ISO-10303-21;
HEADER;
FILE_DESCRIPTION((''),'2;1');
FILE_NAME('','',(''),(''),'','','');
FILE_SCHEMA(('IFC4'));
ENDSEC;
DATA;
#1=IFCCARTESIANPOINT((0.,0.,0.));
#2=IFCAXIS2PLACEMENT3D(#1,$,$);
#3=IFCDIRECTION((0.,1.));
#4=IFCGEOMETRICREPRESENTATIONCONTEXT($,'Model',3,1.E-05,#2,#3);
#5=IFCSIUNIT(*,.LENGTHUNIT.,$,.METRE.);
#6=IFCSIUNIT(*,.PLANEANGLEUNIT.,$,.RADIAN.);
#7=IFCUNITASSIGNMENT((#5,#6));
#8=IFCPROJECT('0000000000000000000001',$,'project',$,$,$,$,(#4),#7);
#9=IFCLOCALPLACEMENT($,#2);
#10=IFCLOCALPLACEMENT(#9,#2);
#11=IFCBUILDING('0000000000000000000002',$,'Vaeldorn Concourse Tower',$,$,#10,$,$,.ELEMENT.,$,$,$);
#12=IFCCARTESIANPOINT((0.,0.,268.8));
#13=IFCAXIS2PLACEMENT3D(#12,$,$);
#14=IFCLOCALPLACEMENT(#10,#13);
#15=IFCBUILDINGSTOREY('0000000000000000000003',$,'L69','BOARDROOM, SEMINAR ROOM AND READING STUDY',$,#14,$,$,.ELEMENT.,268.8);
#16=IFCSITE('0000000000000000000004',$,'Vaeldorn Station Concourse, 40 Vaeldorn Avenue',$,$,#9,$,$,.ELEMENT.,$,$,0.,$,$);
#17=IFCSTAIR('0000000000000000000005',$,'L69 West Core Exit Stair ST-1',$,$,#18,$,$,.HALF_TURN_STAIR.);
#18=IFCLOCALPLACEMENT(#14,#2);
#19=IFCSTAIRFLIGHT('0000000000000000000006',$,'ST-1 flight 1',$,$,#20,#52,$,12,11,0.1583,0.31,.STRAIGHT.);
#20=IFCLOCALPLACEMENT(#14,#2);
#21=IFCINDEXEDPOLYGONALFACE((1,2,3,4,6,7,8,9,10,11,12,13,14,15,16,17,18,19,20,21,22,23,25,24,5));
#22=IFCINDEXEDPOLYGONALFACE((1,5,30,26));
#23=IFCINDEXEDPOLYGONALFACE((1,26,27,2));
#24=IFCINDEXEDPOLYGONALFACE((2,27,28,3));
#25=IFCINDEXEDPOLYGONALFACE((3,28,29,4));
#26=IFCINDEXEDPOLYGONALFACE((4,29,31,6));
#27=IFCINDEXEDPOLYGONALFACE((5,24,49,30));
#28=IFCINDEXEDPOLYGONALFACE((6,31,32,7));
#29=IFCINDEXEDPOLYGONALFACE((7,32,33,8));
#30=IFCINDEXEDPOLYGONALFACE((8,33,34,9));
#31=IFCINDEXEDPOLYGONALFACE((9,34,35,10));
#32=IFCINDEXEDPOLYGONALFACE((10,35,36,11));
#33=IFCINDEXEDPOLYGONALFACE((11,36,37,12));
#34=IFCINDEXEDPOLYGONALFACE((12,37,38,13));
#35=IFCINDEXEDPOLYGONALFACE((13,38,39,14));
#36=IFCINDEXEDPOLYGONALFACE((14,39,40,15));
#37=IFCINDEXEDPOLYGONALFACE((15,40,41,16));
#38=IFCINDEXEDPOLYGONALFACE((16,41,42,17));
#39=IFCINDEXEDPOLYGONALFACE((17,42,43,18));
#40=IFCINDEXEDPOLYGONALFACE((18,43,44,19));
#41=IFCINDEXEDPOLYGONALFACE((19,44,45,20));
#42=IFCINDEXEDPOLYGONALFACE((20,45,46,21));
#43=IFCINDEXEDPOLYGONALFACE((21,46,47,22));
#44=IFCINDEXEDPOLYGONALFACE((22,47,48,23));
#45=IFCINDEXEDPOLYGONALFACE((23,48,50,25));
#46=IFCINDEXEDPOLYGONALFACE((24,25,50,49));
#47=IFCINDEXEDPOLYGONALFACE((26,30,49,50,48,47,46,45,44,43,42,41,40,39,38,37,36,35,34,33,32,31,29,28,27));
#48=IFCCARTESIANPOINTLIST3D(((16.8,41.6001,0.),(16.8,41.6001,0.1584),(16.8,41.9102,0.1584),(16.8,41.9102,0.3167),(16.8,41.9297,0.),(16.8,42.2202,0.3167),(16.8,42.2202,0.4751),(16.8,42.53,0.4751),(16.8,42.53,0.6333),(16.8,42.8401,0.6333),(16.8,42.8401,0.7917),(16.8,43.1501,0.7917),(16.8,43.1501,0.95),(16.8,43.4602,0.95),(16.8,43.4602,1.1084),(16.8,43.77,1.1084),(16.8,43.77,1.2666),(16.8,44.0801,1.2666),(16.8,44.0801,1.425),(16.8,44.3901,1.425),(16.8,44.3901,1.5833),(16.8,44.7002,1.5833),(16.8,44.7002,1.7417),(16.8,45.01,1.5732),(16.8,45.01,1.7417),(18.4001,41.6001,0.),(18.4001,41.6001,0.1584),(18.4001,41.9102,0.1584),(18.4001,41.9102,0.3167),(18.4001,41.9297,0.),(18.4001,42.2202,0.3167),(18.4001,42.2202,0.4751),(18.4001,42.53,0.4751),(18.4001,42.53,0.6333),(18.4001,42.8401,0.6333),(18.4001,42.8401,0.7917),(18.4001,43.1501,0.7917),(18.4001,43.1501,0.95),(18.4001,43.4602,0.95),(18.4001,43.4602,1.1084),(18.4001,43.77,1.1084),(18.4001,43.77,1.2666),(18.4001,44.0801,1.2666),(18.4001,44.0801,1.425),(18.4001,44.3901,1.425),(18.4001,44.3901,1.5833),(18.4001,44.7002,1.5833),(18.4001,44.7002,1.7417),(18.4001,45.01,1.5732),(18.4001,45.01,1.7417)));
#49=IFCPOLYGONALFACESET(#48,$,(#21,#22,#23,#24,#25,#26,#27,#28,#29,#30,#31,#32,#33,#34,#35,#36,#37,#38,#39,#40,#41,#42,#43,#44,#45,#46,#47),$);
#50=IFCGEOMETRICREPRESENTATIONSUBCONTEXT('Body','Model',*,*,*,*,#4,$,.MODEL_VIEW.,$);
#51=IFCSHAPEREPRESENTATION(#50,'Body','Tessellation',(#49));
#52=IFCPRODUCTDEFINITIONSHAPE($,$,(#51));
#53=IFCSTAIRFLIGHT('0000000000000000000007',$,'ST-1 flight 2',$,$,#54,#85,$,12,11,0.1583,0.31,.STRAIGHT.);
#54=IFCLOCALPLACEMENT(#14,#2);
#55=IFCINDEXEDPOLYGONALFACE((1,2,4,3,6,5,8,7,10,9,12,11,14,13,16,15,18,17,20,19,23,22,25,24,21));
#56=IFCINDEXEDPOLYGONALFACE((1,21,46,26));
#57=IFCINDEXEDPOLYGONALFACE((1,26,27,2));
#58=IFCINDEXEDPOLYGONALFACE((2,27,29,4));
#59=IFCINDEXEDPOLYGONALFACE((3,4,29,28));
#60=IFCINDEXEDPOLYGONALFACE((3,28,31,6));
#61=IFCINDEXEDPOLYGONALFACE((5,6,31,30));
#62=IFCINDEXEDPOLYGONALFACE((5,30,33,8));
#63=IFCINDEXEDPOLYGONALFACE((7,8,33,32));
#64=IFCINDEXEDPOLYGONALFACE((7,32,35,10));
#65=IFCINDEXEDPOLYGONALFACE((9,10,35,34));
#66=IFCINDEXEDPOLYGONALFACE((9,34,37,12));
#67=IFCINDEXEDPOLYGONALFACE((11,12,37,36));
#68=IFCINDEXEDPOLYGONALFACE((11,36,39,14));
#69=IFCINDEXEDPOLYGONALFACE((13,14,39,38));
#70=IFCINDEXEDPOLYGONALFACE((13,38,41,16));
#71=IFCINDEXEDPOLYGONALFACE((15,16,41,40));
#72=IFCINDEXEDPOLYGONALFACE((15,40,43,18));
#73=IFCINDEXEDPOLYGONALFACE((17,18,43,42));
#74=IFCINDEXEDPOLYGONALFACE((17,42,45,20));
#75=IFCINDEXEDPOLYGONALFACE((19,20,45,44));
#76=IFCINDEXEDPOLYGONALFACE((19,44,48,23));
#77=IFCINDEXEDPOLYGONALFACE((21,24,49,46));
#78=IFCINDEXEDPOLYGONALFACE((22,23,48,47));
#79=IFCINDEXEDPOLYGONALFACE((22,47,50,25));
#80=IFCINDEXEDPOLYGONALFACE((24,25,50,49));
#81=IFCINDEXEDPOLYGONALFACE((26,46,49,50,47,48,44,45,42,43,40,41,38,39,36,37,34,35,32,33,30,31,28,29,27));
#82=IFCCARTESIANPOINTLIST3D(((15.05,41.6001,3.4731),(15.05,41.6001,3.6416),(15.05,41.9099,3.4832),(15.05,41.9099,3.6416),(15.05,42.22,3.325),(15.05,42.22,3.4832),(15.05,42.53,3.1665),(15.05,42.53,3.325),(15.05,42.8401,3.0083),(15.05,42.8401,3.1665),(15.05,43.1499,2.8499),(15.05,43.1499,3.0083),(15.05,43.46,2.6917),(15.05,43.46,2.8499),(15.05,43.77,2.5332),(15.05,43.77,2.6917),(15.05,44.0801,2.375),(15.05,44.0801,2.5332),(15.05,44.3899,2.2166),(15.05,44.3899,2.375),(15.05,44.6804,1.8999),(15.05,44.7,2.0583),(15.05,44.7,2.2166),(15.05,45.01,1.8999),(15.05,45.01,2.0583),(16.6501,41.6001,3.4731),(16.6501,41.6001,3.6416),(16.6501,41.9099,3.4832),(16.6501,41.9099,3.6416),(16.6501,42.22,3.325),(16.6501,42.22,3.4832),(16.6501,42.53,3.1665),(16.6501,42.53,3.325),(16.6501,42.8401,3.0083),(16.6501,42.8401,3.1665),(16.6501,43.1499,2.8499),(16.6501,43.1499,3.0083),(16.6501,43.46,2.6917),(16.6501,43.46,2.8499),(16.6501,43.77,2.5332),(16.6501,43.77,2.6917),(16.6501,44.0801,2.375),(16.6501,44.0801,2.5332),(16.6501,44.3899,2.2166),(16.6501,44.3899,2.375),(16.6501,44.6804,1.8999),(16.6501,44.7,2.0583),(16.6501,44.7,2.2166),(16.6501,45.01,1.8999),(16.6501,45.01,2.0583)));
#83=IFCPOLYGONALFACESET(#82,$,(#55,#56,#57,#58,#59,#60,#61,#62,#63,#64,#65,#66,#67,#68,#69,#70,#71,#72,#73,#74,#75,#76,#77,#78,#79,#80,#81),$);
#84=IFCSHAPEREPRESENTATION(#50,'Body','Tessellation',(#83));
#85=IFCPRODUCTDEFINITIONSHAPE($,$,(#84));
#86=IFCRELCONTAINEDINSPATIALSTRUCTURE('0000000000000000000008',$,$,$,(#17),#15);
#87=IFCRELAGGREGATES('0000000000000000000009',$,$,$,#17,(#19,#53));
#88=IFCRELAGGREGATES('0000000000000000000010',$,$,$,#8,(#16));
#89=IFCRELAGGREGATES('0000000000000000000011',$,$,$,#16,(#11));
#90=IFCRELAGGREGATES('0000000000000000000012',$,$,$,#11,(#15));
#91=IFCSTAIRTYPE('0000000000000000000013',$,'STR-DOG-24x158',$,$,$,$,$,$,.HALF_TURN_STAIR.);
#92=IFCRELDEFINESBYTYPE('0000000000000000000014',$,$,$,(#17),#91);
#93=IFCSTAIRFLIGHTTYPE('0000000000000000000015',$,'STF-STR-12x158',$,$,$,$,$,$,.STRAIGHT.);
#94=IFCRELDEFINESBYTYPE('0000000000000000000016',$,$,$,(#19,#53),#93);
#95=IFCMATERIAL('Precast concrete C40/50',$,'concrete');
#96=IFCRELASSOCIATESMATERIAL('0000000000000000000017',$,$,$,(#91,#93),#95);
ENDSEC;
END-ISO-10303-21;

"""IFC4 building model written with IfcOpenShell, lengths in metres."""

from ifc_helpers import new_model, si_unit, direction, frame, origin, place, context, subcontext, project, spatial, polyline, outline, extrude, material, type_object, element, aggregate, save


model = new_model("IFC4")

# Units and contexts
model_context = context("Model", 3, precision=1e-05, world=origin(), true_north=direction((0.0, 1.0)))
body_context = subcontext(model_context, "Body", "Model", "MODEL_VIEW")
ifc_project = project(units=[si_unit("LENGTHUNIT", "METRE"), si_unit("PLANEANGLEUNIT", "RADIAN")], contexts=[model_context])

# Site, building, storey
site_placement = place(None, origin())
site = spatial("IfcSite", under=ifc_project, at=site_placement, Name="Vaeldorn Station Concourse, 40 Vaeldorn Avenue", CompositionType="ELEMENT", RefElevation=0.0)
building_placement = place(site_placement, origin())
building = spatial("IfcBuilding", under=site, at=building_placement, Name="Vaeldorn Concourse Tower", CompositionType="ELEMENT")
storey_placement = place(building_placement, frame((0.0, 0.0, 268.8)))
storey = spatial("IfcBuildingStorey", under=building, at=storey_placement, Name="L69", Description="BOARDROOM, SEMINAR ROOM AND READING STUDY", CompositionType="ELEMENT", Elevation=268.8)

# Stair, stair flights
ifc_material_1 = material(Name="Precast concrete C40/50", Category="concrete")
stair_type = type_object("IfcStairType", Name="STR-DOG-24x158", PredefinedType="HALF_TURN_STAIR", material=ifc_material_1)
stair_placement = place(storey_placement, origin())
stair = element("IfcStair", 1, at=stair_placement, inside=storey, type_object=stair_type, Name="L69 West Core Exit Stair ST-1", PredefinedType="HALF_TURN_STAIR")
stair_flight_type = type_object("IfcStairFlightType", Name="STF-STR-12x158", PredefinedType="STRAIGHT", material=ifc_material_1)
stair_flight_1_placement = place(storey_placement, frame((17.6001, 41.6001, 0.0), z_axis=(0.0, 0.0, 1.0), x_axis=(0.0, 1.0, 0.0)))
stair_flight_1 = element("IfcStairFlight", 2, at=stair_flight_1_placement, type_object=stair_flight_type, Name="ST-1 flight 1", NumberOfRisers=12, NumberOfTreads=11, PredefinedType="STRAIGHT", RiserHeight=0.1583, TreadLength=0.31, context=body_context, shape_type="SweptSolid", body=[
    extrude(outline(polyline([(0.0, 0.0), (0.0, 0.1584), (0.3101, 0.1584), (0.3101, 0.3167), (0.6201, 0.3167), (0.6201, 0.4751), (0.9299, 0.4751), (0.9299, 0.6333), (1.24, 0.6333), (1.24, 0.7917), (1.55, 0.7917), (1.55, 0.95), (1.8601, 0.95), (1.8601, 1.1084), (2.1699, 1.1084), (2.1699, 1.2666), (2.48, 1.2666), (2.48, 1.425), (2.79, 1.425), (2.79, 1.5833), (3.1001, 1.5833), (3.1001, 1.7417), (3.4099, 1.7417), (3.4099, 1.8999), (3.4099, 1.5732), (0.3296, 0.0), (0.0, 0.0)])), frame((0.0, 0.8, 0.0), z_axis=(0.0, -1.0, 0.0), x_axis=(1.0, 0.0, 0.0)), (0.0, 0.0, 1.0), 1.6001),
])
stair_flight_2_placement = place(storey_placement, frame((15.8501, 45.01, 1.8999), z_axis=(0.0, 0.0, 1.0), x_axis=(0.0, -1.0, 0.0)))
stair_flight_2 = element("IfcStairFlight", 3, at=stair_flight_2_placement, type_object=stair_flight_type, Name="ST-1 flight 2", NumberOfRisers=12, NumberOfTreads=11, PredefinedType="STRAIGHT", RiserHeight=0.1583, TreadLength=0.31, context=body_context, shape_type="SweptSolid", body=[
    extrude(outline(polyline([(0.0, 0.0), (0.0, 0.1584), (0.3101, 0.1584), (0.3101, 0.3167), (0.6201, 0.3167), (0.6201, 0.4751), (0.9299, 0.4751), (0.9299, 0.6333), (1.24, 0.6333), (1.24, 0.7917), (1.55, 0.7917), (1.55, 0.95), (1.8601, 0.95), (1.8601, 1.1084), (2.1699, 1.1084), (2.1699, 1.2666), (2.48, 1.2666), (2.48, 1.425), (2.79, 1.425), (2.79, 1.5833), (3.1001, 1.5833), (3.1001, 1.7417), (3.4099, 1.7417), (3.4099, 1.8999), (3.4099, 1.5732), (0.3296, 0.0), (0.0, 0.0)])), frame((0.0, 0.8, 0.0), z_axis=(0.0, -1.0, 0.0), x_axis=(1.0, 0.0, 0.0)), (0.0, 0.0, 1.0), 1.6001),
])
aggregate(stair, [stair_flight_1, stair_flight_2])

save(model, "model.ifc")
